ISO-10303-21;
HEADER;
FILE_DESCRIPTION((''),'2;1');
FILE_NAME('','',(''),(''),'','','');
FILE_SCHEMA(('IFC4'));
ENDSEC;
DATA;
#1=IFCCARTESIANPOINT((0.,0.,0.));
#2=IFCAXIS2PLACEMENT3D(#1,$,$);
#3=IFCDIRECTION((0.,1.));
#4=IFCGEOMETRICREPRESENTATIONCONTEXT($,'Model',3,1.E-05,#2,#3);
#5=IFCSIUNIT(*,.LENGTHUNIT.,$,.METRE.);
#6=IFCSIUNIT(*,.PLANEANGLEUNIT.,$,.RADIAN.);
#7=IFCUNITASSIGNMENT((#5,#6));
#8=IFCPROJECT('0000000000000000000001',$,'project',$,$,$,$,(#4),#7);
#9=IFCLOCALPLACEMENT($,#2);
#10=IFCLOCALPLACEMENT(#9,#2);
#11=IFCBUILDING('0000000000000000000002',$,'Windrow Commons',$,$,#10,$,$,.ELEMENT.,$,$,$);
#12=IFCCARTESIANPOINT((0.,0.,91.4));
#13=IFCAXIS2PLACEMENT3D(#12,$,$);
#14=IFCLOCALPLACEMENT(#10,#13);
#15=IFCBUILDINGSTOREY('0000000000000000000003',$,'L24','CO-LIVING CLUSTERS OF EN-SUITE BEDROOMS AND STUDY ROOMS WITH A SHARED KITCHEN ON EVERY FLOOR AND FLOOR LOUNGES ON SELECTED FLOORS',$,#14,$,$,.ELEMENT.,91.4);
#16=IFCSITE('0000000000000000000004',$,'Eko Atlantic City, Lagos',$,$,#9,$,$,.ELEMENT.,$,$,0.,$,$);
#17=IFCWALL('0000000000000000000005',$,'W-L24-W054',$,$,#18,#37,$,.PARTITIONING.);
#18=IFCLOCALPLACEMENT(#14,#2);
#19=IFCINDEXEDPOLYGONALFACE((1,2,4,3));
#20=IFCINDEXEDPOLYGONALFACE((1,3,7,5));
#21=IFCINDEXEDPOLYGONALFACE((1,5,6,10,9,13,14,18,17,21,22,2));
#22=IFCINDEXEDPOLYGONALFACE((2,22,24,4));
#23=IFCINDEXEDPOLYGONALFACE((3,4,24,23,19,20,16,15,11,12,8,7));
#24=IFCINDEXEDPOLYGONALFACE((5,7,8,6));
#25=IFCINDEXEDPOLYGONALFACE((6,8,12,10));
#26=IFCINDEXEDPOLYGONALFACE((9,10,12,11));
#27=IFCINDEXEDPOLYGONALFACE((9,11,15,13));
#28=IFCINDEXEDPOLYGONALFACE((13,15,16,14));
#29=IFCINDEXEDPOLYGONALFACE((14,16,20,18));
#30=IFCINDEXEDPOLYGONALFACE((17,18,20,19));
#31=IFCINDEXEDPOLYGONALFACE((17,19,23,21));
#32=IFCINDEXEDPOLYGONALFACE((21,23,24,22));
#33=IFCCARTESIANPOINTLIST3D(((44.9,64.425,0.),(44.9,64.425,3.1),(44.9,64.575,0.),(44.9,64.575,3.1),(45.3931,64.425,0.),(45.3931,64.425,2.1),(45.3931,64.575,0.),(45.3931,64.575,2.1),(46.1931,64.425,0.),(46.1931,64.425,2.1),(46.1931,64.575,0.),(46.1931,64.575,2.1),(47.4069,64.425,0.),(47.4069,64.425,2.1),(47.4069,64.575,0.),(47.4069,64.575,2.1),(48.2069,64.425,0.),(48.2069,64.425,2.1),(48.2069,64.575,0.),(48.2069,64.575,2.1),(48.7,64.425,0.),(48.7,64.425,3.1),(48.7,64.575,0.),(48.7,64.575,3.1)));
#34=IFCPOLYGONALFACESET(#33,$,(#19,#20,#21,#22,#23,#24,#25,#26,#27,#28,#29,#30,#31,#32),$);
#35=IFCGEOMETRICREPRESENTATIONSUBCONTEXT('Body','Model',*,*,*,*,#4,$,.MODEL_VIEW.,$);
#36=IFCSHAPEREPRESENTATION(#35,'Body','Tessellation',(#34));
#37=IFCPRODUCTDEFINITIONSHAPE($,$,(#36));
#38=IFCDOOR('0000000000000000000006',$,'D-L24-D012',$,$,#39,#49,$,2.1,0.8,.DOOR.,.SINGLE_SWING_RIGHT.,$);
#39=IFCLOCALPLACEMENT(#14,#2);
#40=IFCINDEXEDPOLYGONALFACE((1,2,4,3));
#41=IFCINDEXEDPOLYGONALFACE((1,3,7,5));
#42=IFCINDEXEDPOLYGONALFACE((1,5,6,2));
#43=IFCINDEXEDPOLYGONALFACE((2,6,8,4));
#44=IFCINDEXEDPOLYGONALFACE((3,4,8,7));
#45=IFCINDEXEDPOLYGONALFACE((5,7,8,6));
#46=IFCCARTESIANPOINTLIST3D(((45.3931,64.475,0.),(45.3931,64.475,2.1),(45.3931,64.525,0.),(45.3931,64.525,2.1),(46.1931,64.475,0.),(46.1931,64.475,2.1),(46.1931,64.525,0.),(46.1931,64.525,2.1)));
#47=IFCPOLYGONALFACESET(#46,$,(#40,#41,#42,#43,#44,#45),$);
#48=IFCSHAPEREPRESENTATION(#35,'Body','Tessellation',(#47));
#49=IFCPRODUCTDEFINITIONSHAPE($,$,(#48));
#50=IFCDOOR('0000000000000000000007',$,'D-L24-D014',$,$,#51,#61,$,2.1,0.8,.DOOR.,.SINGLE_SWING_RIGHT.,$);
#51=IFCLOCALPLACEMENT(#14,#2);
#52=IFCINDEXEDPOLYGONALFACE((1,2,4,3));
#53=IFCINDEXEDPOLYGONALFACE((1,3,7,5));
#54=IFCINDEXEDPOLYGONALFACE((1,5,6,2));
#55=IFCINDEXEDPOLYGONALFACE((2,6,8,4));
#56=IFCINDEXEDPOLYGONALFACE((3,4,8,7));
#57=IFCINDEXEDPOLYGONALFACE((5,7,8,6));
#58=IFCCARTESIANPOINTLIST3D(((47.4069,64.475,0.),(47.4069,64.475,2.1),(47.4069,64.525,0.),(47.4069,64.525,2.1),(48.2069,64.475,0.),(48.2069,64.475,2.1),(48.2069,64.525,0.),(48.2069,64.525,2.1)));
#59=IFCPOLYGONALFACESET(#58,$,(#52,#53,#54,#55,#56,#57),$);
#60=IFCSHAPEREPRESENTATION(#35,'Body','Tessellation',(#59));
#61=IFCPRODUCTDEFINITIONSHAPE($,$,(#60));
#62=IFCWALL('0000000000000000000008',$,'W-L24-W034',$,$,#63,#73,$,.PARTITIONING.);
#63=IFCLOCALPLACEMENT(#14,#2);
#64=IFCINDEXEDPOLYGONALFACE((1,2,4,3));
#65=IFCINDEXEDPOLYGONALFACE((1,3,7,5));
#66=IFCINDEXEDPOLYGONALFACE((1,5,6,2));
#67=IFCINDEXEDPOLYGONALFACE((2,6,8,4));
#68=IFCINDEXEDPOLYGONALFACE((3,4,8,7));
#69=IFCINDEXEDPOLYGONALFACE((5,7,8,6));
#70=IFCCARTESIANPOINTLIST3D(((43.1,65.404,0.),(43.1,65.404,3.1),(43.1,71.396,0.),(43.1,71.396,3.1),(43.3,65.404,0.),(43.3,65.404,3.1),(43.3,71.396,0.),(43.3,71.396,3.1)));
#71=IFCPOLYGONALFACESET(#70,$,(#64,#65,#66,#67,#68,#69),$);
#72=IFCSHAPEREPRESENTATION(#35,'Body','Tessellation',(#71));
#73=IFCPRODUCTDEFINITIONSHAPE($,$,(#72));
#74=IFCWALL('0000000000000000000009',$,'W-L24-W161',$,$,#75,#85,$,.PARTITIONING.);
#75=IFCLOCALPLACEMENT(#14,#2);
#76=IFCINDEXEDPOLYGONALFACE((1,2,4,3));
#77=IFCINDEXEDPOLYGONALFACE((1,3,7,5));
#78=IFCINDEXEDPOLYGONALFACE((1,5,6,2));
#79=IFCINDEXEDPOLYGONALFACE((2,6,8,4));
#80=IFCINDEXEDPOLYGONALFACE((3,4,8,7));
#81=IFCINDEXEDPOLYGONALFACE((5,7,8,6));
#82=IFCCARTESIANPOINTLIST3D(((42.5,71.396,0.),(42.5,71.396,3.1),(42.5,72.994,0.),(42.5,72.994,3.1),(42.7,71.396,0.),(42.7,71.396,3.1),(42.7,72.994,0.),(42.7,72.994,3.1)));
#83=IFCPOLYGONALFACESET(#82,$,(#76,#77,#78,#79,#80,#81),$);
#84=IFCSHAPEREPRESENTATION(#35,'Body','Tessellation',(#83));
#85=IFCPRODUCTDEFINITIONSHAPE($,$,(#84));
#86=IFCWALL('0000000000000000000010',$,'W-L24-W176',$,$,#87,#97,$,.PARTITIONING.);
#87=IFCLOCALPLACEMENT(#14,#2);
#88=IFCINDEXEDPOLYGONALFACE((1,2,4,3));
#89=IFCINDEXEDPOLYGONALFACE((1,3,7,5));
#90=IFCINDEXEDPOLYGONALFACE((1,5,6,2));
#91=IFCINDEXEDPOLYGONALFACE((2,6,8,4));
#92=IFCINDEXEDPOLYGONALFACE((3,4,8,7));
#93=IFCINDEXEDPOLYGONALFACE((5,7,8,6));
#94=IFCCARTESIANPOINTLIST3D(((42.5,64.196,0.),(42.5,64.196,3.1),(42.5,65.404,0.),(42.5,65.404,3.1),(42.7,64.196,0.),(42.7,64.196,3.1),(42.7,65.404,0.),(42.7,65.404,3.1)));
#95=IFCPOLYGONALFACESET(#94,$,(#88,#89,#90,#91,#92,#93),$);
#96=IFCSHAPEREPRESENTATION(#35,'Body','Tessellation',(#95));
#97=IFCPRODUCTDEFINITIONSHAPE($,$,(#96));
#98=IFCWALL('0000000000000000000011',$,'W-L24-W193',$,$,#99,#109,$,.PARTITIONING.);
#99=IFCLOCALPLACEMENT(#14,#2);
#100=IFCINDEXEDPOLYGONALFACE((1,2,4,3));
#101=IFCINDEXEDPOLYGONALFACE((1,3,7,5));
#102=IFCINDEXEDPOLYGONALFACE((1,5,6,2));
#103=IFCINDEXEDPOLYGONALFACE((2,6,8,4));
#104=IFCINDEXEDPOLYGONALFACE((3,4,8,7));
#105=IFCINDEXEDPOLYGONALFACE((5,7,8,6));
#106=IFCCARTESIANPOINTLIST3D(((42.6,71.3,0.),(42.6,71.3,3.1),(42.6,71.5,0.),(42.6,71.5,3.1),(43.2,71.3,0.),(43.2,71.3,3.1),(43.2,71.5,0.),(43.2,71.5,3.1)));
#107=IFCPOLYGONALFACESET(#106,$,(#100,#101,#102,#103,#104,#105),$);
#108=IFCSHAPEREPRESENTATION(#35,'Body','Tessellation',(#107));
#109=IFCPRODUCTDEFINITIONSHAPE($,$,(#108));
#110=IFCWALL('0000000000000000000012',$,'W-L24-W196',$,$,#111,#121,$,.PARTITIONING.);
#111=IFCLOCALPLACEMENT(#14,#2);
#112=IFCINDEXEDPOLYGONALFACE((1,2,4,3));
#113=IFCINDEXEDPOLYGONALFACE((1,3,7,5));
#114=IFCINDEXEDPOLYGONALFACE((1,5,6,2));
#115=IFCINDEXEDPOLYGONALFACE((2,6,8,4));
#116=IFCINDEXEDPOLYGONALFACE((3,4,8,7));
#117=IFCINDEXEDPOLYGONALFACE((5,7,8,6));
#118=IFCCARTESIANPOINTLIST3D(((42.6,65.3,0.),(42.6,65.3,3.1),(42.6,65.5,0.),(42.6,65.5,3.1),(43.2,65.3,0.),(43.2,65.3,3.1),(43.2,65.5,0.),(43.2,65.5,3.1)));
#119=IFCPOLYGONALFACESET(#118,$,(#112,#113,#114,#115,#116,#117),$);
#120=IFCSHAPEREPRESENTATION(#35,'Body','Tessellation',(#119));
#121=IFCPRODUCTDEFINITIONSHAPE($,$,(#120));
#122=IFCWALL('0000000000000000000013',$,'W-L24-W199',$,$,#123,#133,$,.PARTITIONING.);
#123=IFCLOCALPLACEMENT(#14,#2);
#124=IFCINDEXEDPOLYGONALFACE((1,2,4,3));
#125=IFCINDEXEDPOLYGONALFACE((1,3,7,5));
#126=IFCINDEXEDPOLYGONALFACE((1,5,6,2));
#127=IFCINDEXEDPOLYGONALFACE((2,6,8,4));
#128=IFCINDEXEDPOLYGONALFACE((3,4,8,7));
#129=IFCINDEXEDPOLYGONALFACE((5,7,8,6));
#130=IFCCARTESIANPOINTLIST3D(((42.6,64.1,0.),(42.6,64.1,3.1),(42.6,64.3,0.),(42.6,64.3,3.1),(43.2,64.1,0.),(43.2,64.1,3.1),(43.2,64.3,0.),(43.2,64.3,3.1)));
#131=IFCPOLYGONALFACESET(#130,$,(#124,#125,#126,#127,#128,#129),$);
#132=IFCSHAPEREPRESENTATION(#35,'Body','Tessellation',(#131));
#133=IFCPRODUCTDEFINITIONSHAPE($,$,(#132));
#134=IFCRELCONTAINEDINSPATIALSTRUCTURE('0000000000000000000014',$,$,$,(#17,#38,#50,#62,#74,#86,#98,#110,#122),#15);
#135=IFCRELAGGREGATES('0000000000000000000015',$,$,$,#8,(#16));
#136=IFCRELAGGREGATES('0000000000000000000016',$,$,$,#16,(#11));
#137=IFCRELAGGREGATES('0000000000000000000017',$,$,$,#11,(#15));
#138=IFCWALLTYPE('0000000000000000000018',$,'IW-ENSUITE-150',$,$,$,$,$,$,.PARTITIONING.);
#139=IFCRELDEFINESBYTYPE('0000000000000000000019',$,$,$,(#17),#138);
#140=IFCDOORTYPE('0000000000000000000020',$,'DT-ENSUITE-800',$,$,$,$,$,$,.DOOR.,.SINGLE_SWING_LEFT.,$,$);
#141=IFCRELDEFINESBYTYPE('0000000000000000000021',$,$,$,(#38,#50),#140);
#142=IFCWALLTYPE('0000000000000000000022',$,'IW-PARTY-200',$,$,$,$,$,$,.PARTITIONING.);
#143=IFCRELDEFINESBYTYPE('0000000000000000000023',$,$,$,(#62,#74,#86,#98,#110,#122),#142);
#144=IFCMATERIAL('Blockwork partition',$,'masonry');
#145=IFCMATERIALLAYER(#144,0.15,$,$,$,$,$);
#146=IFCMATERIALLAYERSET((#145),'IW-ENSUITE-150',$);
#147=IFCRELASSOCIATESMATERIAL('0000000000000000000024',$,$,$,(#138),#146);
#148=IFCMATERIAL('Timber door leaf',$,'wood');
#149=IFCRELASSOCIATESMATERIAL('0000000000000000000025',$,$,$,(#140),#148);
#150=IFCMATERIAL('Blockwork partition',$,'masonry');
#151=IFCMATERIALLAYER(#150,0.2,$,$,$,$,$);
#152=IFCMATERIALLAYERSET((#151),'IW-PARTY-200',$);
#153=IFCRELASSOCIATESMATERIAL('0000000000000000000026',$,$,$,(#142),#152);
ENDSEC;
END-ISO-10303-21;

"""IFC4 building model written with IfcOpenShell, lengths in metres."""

from ifc_helpers import new_model, si_unit, direction, frame, frame_2d, origin, place, context, subcontext, project, spatial, rectangle, extrude, material, layer, layer_set, type_object, element, fill, save


model = new_model("IFC4")

# Units and contexts
model_context = context("Model", 3, precision=1e-05, world=origin(), true_north=direction((0.0, 1.0)))
body_context = subcontext(model_context, "Body", "Model", "MODEL_VIEW")
ifc_project = project(units=[si_unit("LENGTHUNIT", "METRE"), si_unit("PLANEANGLEUNIT", "RADIAN")], contexts=[model_context])

# Site, building, storey
site_placement = place(None, origin())
site = spatial("IfcSite", under=ifc_project, at=site_placement, Name="Eko Atlantic City, Lagos", CompositionType="ELEMENT", RefElevation=0.0)
building_placement = place(site_placement, origin())
building = spatial("IfcBuilding", under=site, at=building_placement, Name="Windrow Commons", CompositionType="ELEMENT")
storey_placement = place(building_placement, frame((0.0, 0.0, 91.4)))
storey = spatial("IfcBuildingStorey", under=building, at=storey_placement, Name="L24", Description="CO-LIVING CLUSTERS OF EN-SUITE BEDROOMS AND STUDY ROOMS WITH A SHARED KITCHEN ON EVERY FLOOR AND FLOOR LOUNGES ON SELECTED FLOORS", CompositionType="ELEMENT", Elevation=91.4)

# Wall, openings, doors
ifc_material_1 = material(Name="Blockwork partition", Category="masonry")
ifc_layer_1 = layer(ifc_material_1, 0.15)
ifc_layer_set_1 = layer_set([ifc_layer_1], Name="IW-ENSUITE-150")
wall_type_1 = type_object("IfcWallType", Name="IW-ENSUITE-150", PredefinedType="PARTITIONING", material=ifc_layer_set_1)
wall_1_placement = place(storey_placement, frame((44.9, 64.5, 0.0), z_axis=(0.0, 0.0, 1.0), x_axis=(1.0, 0.0, 0.0)))
wall_1 = element("IfcWall", 1, at=wall_1_placement, inside=storey, type_object=wall_type_1, Name="W-L24-W054", PredefinedType="PARTITIONING", context=body_context, shape_type="SweptSolid", body=[
    extrude(rectangle(XDim=3.8, YDim=0.15, at=frame_2d((1.9, 0.0))), origin(), (0.0, 0.0, 1.0), 3.1),
])
opening_1_placement = place(wall_1_placement, frame((0.4931, 0.0, 0.0)))
opening_1 = element("IfcOpeningElement", 2, at=opening_1_placement, cuts=wall_1, PredefinedType="OPENING", context=body_context, shape_type="SweptSolid", body=[
    extrude(rectangle(XDim=0.8, YDim=2.1, at=frame_2d((0.4, 1.05))), frame((0.0, 0.085, 0.0), z_axis=(0.0, -1.0, 0.0), x_axis=(1.0, 0.0, 0.0)), (0.0, 0.0, 1.0), 0.17),
])
opening_2_placement = place(wall_1_placement, frame((2.5069, 0.0, 0.0)))
opening_2 = element("IfcOpeningElement", 3, at=opening_2_placement, cuts=wall_1, PredefinedType="OPENING", context=body_context, shape_type="SweptSolid", body=[
    extrude(rectangle(XDim=0.8, YDim=2.1, at=frame_2d((0.4, 1.05))), frame((0.0, 0.085, 0.0), z_axis=(0.0, -1.0, 0.0), x_axis=(1.0, 0.0, 0.0)), (0.0, 0.0, 1.0), 0.17),
])
ifc_material_2 = material(Name="Timber door leaf", Category="wood")
door_type = type_object("IfcDoorType", Name="DT-ENSUITE-800", OperationType="SINGLE_SWING_LEFT", PredefinedType="DOOR", material=ifc_material_2)
door_1_placement = place(opening_1_placement, origin())
door_1 = element("IfcDoor", 4, at=door_1_placement, inside=storey, type_object=door_type, Name="D-L24-D012", OperationType="SINGLE_SWING_RIGHT", OverallHeight=2.1, OverallWidth=0.8, PredefinedType="DOOR", context=body_context, shape_type="SweptSolid", body=[
    extrude(rectangle(XDim=0.8, YDim=2.1, at=frame_2d((0.4, 1.05))), frame((0.0, 0.025, 0.0), z_axis=(0.0, -1.0, 0.0), x_axis=(1.0, 0.0, 0.0)), (0.0, 0.0, 1.0), 0.05),
])
fill(opening_1, door_1)
door_2_placement = place(opening_2_placement, origin())
door_2 = element("IfcDoor", 5, at=door_2_placement, inside=storey, type_object=door_type, Name="D-L24-D014", OperationType="SINGLE_SWING_RIGHT", OverallHeight=2.1, OverallWidth=0.8, PredefinedType="DOOR", context=body_context, shape_type="SweptSolid", body=[
    extrude(rectangle(XDim=0.8, YDim=2.1, at=frame_2d((0.4, 1.05))), frame((0.0, 0.025, 0.0), z_axis=(0.0, -1.0, 0.0), x_axis=(1.0, 0.0, 0.0)), (0.0, 0.0, 1.0), 0.05),
])
fill(opening_2, door_2)

# Walls
ifc_material_3 = material(Name="Blockwork partition", Category="masonry")
ifc_layer_2 = layer(ifc_material_3, 0.2)
ifc_layer_set_2 = layer_set([ifc_layer_2], Name="IW-PARTY-200")
wall_type_2 = type_object("IfcWallType", Name="IW-PARTY-200", PredefinedType="PARTITIONING", material=ifc_layer_set_2)
wall_2_placement = place(storey_placement, frame((43.2, 65.404, 0.0), z_axis=(0.0, 0.0, 1.0), x_axis=(0.0, 1.0, 0.0)))
element("IfcWall", 6, at=wall_2_placement, inside=storey, type_object=wall_type_2, Name="W-L24-W034", PredefinedType="PARTITIONING", context=body_context, shape_type="SweptSolid", body=[
    extrude(rectangle(XDim=5.992, YDim=0.2, at=frame_2d((2.996, 0.0))), origin(), (0.0, 0.0, 1.0), 3.1),
])
wall_3_placement = place(storey_placement, frame((42.6, 71.396, 0.0), z_axis=(0.0, 0.0, 1.0), x_axis=(0.0, 1.0, 0.0)))
element("IfcWall", 7, at=wall_3_placement, inside=storey, type_object=wall_type_2, Name="W-L24-W161", PredefinedType="PARTITIONING", context=body_context, shape_type="SweptSolid", body=[
    extrude(rectangle(XDim=1.5979, YDim=0.2, at=frame_2d((0.799, 0.0))), origin(), (0.0, 0.0, 1.0), 3.1),
])
wall_4_placement = place(storey_placement, frame((42.6, 64.196, 0.0), z_axis=(0.0, 0.0, 1.0), x_axis=(0.0, 1.0, 0.0)))
element("IfcWall", 8, at=wall_4_placement, inside=storey, type_object=wall_type_2, Name="W-L24-W176", PredefinedType="PARTITIONING", context=body_context, shape_type="SweptSolid", body=[
    extrude(rectangle(XDim=1.208, YDim=0.2, at=frame_2d((0.604, 0.0))), origin(), (0.0, 0.0, 1.0), 3.1),
])
for number, where, z_axis, x_axis, name in (
    (9, (42.6, 71.4, 0.0), (0.0, 0.0, 1.0), (1.0, 0.0, 0.0), "W-L24-W193"),
    (10, (42.6, 65.4, 0.0), (0.0, 0.0, 1.0), (1.0, 0.0, 0.0), "W-L24-W196"),
    (11, (42.6, 64.2, 0.0), (0.0, 0.0, 1.0), (1.0, 0.0, 0.0), "W-L24-W199"),
):
    element("IfcWall", number, at=place(storey_placement, frame(where, z_axis=z_axis, x_axis=x_axis)), inside=storey, type_object=wall_type_2, Name=name, PredefinedType="PARTITIONING", context=body_context, shape_type="SweptSolid", body=[
        extrude(rectangle(XDim=0.6, YDim=0.2, at=frame_2d((0.3, 0.0))), origin(), (0.0, 0.0, 1.0), 3.1),
    ])

save(model, "model.ifc")
